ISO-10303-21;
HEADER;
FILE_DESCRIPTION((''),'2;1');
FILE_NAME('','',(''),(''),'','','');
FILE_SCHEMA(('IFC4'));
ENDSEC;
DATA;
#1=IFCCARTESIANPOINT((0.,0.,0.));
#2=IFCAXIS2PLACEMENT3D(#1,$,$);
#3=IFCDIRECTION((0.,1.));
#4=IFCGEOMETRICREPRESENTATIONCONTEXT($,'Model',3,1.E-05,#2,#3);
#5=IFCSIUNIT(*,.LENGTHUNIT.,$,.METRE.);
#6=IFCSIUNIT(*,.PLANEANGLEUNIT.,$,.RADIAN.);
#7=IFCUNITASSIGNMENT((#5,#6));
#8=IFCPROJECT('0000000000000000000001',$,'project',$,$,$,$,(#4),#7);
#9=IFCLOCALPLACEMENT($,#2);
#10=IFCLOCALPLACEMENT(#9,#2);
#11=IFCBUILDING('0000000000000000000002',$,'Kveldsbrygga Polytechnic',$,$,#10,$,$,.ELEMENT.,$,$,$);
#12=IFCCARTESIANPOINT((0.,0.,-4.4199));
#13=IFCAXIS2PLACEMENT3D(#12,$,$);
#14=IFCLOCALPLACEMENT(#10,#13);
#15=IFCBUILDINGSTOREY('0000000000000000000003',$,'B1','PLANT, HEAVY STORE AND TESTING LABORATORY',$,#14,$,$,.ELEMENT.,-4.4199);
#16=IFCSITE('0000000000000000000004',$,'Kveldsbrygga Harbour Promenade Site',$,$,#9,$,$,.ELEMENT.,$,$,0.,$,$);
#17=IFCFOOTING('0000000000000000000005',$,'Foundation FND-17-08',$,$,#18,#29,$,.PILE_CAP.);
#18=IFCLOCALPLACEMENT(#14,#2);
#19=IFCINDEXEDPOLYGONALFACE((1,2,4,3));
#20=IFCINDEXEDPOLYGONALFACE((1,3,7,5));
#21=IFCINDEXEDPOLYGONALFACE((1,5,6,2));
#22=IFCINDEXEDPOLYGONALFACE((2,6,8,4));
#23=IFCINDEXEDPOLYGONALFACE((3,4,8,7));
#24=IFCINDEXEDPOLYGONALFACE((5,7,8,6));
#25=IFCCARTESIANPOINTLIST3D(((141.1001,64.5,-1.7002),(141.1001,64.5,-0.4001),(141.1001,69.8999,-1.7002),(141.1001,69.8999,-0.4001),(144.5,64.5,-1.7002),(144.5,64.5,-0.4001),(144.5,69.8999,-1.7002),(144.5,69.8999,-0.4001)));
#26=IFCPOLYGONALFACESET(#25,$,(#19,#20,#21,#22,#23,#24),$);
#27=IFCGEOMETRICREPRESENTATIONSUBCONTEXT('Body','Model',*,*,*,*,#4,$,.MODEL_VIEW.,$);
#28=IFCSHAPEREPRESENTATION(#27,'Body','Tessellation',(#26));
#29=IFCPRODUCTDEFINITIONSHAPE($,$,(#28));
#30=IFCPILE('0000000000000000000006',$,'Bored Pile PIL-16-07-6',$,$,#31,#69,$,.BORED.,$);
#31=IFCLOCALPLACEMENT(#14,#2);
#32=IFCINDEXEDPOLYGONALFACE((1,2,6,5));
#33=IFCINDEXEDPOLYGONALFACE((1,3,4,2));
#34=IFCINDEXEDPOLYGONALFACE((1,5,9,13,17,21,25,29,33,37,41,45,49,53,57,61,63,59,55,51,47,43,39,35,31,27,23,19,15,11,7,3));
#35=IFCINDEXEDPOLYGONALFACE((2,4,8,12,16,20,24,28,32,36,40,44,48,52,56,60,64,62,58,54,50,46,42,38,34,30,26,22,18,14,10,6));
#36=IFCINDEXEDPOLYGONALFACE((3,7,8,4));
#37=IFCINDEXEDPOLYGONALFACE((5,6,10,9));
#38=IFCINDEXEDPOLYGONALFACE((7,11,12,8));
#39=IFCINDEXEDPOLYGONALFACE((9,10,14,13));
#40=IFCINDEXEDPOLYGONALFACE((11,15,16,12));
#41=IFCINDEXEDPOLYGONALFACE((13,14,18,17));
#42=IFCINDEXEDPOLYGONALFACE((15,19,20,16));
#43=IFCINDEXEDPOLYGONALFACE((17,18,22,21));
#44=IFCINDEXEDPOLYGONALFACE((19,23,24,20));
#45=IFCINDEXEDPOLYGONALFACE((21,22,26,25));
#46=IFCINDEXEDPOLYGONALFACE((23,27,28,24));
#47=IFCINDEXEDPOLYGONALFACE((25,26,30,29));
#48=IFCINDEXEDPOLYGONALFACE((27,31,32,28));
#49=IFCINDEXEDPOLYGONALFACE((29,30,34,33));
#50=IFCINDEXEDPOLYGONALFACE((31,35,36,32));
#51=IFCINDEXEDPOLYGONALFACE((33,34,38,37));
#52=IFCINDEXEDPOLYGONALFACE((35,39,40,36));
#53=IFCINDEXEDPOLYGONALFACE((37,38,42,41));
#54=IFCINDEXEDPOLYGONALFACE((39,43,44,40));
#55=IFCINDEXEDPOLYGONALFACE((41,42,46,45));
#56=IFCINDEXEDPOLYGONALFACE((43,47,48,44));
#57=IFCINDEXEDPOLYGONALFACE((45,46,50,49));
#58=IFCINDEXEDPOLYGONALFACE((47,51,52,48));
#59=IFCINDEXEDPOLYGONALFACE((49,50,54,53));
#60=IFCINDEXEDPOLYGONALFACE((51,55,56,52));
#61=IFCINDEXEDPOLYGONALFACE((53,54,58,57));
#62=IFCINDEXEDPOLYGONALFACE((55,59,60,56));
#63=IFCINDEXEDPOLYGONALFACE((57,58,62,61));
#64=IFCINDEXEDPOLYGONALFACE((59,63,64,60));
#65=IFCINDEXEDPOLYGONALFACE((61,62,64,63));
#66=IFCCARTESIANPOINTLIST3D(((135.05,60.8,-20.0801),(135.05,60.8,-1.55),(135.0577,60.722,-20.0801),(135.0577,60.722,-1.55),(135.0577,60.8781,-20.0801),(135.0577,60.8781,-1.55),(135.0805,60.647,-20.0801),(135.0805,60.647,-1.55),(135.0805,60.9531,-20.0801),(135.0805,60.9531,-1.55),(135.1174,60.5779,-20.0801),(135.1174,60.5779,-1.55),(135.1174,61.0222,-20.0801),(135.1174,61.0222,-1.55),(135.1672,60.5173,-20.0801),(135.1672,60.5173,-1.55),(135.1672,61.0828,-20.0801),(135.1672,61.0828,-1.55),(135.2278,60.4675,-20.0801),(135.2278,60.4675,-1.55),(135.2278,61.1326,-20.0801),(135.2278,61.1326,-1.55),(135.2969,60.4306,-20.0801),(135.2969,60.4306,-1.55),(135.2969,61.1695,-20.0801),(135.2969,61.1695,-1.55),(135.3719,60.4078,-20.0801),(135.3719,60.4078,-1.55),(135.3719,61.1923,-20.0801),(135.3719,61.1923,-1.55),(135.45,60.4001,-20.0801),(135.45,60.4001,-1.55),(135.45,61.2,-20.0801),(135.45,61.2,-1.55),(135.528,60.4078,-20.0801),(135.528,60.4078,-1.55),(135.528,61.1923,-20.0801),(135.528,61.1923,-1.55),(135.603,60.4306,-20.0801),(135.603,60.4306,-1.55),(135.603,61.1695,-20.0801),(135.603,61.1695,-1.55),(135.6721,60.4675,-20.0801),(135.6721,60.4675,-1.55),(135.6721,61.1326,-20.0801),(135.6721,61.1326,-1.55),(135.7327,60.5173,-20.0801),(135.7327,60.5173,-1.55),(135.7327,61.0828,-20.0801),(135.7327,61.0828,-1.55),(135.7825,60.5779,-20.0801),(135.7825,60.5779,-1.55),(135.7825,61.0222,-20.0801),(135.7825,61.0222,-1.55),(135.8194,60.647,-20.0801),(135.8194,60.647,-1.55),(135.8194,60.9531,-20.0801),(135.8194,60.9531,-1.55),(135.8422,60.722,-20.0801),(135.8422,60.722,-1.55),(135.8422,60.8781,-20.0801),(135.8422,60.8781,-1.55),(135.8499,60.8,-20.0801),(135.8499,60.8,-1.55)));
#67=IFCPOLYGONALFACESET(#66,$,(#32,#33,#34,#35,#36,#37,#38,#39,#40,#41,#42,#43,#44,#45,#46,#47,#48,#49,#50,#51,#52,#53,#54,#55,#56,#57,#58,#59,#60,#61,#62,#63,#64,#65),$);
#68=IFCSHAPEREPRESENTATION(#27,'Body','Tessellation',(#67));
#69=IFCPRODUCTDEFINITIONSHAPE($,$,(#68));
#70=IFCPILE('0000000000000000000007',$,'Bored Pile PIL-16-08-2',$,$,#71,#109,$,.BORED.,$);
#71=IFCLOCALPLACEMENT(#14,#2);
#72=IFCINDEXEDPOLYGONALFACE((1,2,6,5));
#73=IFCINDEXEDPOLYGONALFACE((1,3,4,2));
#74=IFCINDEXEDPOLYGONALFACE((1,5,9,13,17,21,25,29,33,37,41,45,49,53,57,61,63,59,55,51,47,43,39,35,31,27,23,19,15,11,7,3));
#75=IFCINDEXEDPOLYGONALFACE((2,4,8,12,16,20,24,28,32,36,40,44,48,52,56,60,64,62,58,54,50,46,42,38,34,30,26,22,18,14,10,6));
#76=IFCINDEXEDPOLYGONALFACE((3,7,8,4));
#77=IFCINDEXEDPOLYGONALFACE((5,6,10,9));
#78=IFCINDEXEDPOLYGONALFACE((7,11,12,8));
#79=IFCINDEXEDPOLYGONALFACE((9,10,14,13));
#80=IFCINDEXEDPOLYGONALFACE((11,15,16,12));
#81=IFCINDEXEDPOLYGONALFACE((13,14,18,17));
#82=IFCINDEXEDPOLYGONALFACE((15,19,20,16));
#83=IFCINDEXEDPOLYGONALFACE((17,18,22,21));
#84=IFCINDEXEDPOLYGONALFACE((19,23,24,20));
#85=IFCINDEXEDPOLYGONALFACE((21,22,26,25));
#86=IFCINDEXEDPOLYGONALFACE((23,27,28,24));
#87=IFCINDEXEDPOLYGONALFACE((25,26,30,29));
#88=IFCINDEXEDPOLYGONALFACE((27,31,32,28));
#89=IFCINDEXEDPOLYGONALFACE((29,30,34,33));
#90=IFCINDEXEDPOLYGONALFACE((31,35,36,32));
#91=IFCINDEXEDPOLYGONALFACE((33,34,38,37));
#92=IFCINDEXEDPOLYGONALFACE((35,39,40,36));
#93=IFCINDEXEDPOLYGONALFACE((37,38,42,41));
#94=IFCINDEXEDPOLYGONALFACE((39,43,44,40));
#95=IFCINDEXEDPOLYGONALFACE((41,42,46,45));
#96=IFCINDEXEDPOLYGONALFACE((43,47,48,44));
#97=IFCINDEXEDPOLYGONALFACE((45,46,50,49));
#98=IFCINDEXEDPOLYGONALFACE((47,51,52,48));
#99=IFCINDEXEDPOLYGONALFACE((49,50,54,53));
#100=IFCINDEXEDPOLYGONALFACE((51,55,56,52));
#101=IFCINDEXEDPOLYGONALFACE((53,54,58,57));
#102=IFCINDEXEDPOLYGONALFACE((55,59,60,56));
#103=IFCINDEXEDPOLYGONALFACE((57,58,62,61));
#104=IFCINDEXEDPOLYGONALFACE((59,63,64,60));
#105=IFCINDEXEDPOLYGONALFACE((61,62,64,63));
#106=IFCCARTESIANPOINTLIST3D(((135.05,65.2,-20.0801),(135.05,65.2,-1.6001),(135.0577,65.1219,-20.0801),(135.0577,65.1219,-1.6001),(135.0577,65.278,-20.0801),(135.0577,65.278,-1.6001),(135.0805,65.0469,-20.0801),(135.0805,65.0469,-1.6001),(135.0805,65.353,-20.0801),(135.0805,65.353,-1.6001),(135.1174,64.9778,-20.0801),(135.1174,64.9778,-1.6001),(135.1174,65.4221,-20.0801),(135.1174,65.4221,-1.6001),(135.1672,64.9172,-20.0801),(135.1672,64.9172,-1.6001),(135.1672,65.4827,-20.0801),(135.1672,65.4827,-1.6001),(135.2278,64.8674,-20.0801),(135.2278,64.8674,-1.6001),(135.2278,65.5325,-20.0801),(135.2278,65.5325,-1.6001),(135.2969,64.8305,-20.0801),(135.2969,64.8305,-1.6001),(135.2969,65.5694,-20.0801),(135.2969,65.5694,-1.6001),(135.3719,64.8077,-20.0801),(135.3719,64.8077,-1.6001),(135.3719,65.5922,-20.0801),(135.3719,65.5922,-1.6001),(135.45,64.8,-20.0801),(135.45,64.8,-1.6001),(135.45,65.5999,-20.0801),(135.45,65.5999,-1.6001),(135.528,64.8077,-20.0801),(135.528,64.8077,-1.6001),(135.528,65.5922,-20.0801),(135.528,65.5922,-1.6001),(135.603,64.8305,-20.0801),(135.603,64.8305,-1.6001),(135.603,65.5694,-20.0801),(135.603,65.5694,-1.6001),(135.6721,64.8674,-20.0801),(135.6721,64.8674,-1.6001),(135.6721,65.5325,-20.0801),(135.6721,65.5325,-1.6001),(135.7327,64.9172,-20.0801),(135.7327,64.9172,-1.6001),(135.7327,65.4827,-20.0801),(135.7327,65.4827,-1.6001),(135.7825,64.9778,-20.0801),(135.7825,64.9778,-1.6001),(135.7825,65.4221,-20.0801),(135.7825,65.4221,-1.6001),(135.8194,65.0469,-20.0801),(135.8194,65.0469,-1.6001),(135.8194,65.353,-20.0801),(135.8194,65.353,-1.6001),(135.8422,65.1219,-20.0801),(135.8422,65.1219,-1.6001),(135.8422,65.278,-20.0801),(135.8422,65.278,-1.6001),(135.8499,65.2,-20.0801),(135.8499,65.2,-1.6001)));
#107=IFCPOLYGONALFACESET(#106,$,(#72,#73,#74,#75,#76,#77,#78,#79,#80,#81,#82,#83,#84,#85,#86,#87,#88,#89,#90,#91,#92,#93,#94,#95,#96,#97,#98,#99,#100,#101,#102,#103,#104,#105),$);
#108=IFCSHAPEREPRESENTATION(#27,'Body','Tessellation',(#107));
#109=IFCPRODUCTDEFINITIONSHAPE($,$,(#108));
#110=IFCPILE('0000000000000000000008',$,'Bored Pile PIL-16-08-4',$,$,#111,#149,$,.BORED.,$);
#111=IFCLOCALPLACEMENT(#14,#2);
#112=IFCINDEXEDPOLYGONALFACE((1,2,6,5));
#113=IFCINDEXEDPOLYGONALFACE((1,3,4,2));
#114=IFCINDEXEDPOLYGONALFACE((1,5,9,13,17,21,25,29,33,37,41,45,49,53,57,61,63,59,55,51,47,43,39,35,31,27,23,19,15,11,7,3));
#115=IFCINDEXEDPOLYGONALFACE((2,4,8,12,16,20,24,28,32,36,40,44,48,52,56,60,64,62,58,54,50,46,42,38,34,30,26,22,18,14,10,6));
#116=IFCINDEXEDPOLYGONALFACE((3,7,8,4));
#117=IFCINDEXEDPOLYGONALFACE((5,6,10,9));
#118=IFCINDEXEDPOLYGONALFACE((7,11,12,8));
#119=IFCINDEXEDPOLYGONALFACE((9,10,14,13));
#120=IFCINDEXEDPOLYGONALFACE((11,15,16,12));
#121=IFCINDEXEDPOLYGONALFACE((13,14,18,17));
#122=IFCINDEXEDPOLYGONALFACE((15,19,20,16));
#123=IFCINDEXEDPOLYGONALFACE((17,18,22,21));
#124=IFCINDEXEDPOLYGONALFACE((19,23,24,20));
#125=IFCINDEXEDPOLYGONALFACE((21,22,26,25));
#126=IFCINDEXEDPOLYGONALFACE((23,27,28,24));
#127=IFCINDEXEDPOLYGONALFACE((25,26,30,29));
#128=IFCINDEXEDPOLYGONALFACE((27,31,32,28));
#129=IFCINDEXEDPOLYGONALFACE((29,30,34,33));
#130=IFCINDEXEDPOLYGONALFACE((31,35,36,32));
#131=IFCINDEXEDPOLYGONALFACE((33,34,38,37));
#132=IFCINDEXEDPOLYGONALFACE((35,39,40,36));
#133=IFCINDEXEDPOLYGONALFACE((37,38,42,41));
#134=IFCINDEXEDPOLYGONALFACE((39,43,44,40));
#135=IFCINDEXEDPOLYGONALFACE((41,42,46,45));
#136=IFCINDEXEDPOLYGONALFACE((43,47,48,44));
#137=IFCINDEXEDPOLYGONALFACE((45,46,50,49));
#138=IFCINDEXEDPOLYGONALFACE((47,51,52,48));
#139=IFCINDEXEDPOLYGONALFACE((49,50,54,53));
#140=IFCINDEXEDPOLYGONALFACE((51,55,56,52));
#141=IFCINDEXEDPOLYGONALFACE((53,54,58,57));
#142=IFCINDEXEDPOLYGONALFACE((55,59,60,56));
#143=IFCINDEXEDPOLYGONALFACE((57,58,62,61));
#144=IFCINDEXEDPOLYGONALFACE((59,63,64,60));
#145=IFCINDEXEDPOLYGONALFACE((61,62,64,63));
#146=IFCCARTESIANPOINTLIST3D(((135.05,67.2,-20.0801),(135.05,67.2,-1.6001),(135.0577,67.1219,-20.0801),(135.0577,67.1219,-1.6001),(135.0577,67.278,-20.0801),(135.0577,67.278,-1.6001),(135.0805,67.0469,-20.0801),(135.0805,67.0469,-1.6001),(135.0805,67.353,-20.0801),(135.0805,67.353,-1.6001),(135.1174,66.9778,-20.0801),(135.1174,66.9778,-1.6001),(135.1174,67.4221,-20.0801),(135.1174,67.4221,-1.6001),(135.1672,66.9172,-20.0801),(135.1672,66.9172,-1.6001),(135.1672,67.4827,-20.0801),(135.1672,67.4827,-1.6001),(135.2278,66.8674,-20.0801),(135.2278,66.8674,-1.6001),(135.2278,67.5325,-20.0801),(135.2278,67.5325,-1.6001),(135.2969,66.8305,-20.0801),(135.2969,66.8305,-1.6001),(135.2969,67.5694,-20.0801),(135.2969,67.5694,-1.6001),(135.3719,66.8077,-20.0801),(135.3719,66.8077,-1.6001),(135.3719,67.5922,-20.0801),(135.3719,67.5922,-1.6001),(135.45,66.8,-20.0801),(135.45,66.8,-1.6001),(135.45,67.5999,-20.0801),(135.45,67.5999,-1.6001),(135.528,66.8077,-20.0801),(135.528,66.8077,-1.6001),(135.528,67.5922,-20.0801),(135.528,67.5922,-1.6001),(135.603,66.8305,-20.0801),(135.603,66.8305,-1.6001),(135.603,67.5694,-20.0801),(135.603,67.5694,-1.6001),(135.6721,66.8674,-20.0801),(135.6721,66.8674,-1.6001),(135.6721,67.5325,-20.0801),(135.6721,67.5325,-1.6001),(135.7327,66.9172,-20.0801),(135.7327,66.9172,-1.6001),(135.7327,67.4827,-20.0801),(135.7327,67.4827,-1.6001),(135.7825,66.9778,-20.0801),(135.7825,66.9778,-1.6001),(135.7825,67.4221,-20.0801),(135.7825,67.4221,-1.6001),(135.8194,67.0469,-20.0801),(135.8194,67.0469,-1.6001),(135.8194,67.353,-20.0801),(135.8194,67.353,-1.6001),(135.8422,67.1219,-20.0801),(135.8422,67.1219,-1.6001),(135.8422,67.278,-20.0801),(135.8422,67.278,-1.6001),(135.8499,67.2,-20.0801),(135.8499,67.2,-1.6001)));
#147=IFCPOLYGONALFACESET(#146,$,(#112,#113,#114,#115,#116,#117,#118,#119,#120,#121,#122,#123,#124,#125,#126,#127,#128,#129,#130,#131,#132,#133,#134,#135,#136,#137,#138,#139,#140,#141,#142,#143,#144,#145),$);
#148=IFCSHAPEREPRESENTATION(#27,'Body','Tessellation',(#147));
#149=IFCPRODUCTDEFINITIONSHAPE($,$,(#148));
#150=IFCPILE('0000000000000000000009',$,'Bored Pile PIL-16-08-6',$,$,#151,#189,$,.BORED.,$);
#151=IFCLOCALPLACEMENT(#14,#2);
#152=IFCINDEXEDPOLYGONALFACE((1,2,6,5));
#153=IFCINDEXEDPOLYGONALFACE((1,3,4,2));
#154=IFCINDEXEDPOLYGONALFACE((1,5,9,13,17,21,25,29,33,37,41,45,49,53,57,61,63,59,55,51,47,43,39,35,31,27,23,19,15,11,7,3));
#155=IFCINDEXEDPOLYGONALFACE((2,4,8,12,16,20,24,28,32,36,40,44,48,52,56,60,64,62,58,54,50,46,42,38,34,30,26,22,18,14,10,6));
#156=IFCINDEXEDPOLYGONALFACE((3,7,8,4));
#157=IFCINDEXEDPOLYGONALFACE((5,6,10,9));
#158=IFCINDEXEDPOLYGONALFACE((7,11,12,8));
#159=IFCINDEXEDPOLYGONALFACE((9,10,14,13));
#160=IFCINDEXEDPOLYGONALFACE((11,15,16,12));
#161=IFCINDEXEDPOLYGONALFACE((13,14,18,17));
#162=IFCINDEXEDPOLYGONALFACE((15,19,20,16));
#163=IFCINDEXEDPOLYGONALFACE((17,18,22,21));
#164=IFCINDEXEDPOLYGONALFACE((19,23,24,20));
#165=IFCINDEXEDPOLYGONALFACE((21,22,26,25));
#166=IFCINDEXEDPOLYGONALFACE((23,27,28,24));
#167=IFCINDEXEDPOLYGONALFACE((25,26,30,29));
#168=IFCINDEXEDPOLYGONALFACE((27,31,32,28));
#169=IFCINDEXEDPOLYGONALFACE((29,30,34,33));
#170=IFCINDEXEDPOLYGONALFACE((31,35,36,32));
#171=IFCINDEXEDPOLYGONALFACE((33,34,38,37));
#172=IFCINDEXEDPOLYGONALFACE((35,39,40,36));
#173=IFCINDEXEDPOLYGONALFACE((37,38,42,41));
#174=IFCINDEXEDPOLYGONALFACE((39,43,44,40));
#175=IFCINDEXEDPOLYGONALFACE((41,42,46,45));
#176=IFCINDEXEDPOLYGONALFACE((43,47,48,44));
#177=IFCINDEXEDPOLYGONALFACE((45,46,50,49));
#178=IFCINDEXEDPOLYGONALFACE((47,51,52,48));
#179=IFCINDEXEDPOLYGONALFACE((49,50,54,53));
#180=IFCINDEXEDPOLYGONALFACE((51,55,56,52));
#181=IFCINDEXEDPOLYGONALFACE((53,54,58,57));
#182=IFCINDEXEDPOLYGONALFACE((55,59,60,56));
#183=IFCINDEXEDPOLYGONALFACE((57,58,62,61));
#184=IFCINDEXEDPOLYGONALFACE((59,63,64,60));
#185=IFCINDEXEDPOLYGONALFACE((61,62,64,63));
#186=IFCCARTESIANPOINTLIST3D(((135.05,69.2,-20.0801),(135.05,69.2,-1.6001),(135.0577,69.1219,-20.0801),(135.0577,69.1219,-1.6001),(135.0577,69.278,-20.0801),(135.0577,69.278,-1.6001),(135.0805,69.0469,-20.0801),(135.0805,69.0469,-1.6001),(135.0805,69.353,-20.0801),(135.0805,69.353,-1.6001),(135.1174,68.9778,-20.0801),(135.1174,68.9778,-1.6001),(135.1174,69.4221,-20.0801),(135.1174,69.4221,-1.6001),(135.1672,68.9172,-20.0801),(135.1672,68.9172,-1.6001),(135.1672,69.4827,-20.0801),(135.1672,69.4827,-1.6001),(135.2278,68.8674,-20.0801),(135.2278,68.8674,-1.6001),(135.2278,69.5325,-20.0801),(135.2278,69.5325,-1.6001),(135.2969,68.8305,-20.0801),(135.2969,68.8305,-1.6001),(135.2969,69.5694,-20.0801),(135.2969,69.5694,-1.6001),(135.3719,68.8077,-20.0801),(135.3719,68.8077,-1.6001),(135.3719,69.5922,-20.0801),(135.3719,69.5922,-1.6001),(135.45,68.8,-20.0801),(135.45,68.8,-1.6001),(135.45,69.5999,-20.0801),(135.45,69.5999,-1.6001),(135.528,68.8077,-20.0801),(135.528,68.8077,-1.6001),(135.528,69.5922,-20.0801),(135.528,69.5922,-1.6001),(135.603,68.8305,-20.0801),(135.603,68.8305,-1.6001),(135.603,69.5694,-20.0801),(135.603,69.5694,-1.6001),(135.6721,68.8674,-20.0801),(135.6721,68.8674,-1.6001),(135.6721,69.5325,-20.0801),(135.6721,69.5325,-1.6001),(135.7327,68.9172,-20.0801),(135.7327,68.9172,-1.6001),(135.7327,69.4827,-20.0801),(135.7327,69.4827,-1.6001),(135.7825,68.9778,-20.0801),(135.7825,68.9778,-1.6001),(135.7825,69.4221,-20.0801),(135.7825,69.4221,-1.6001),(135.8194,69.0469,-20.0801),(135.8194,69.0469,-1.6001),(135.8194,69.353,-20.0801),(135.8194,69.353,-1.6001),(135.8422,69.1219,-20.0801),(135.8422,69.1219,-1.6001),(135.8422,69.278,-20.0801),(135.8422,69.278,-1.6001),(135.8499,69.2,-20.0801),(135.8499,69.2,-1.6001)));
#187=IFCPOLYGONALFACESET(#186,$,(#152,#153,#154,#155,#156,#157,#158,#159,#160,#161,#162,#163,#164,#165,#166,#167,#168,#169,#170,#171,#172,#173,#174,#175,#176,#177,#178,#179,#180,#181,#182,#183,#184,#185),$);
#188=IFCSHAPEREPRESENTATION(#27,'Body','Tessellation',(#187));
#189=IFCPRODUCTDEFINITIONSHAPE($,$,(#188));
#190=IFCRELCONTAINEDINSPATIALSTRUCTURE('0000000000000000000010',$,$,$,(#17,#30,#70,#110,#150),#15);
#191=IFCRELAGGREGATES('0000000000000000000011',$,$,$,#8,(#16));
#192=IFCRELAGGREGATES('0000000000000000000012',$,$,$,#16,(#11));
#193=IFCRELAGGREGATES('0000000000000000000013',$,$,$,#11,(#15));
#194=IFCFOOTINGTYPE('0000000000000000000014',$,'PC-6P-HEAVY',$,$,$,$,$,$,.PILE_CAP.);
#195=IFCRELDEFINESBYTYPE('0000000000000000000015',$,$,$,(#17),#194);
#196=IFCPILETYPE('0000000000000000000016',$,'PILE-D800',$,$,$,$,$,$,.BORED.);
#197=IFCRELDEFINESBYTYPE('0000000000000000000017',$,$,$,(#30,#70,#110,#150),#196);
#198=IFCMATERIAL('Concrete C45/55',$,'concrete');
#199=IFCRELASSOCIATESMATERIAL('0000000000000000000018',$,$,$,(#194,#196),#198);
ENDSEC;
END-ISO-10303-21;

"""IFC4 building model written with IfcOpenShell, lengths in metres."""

from ifc_helpers import new_model, si_unit, direction, frame, origin, origin_2d, place, context, subcontext, project, spatial, rectangle, circle, extrude, material, material_profile, profile_set, type_object, element, save


model = new_model("IFC4")

# Units and contexts
model_context = context("Model", 3, precision=1e-05, world=origin(), true_north=direction((0.0, 1.0)))
body_context = subcontext(model_context, "Body", "Model", "MODEL_VIEW")
ifc_project = project(units=[si_unit("LENGTHUNIT", "METRE"), si_unit("PLANEANGLEUNIT", "RADIAN")], contexts=[model_context])

# Site, building, storey
site_placement = place(None, origin())
site = spatial("IfcSite", under=ifc_project, at=site_placement, Name="Kveldsbrygga Harbour Promenade Site", CompositionType="ELEMENT", RefElevation=0.0)
building_placement = place(site_placement, origin())
building = spatial("IfcBuilding", under=site, at=building_placement, Name="Kveldsbrygga Polytechnic", CompositionType="ELEMENT")
storey_placement = place(building_placement, frame((0.0, 0.0, -4.4199)))
storey = spatial("IfcBuildingStorey", under=building, at=storey_placement, Name="B1", Description="PLANT, HEAVY STORE AND TESTING LABORATORY", CompositionType="ELEMENT", Elevation=-4.4199)

# Footing
ifc_material_1 = material(Name="Concrete C45/55", Category="concrete")
footing_type = type_object("IfcFootingType", Name="PC-6P-HEAVY", PredefinedType="PILE_CAP", material=ifc_material_1)
footing_placement = place(storey_placement, frame((142.8, 67.2, -1.7002), z_axis=(0.0, 0.0, 1.0), x_axis=(1.0, 0.0, 0.0)))
element("IfcFooting", 1, at=footing_placement, inside=storey, type_object=footing_type, Name="Foundation FND-17-08", PredefinedType="PILE_CAP", context=body_context, shape_type="SweptSolid", body=[
    extrude(rectangle(XDim=3.3999, YDim=5.3999, at=origin_2d()), origin(), (0.0, 0.0, 1.0), 1.3),
])

# Piles
ifc_material_profile_1 = material_profile(ifc_material_1, circle(Radius=0.3999, at=origin_2d()), Name="PILE D800")
ifc_profile_set_1 = profile_set([ifc_material_profile_1], Name="Concrete C45/55")
pile_type = type_object("IfcPileType", Name="PILE-D800", PredefinedType="BORED", material=ifc_profile_set_1)
pile_1_placement = place(storey_placement, frame((135.45, 60.8, -1.55), z_axis=(0.0, 0.0, -1.0), x_axis=(1.0, 0.0, 0.0)))
element("IfcPile", 2, at=pile_1_placement, inside=storey, type_object=pile_type, Name="Bored Pile PIL-16-07-6", PredefinedType="BORED", context=body_context, shape_type="SweptSolid", body=[
    extrude(circle(Radius=0.3999, at=origin_2d()), origin(), (0.0, 0.0, 1.0), 18.53),
])
for number, where, z_axis, x_axis, name in (
    (3, (135.45, 65.2, -1.6001), (0.0, 0.0, -1.0), (1.0, 0.0, 0.0), "Bored Pile PIL-16-08-2"),
    (4, (135.45, 67.2, -1.6001), (0.0, 0.0, -1.0), (1.0, 0.0, 0.0), "Bored Pile PIL-16-08-4"),
    (5, (135.45, 69.2, -1.6001), (0.0, 0.0, -1.0), (1.0, 0.0, 0.0), "Bored Pile PIL-16-08-6"),
):
    element("IfcPile", number, at=place(storey_placement, frame(where, z_axis=z_axis, x_axis=x_axis)), inside=storey, type_object=pile_type, Name=name, PredefinedType="BORED", context=body_context, shape_type="SweptSolid", body=[
        extrude(circle(Radius=0.3999, at=origin_2d()), origin(), (0.0, 0.0, 1.0), 18.48),
    ])

save(model, "model.ifc")
